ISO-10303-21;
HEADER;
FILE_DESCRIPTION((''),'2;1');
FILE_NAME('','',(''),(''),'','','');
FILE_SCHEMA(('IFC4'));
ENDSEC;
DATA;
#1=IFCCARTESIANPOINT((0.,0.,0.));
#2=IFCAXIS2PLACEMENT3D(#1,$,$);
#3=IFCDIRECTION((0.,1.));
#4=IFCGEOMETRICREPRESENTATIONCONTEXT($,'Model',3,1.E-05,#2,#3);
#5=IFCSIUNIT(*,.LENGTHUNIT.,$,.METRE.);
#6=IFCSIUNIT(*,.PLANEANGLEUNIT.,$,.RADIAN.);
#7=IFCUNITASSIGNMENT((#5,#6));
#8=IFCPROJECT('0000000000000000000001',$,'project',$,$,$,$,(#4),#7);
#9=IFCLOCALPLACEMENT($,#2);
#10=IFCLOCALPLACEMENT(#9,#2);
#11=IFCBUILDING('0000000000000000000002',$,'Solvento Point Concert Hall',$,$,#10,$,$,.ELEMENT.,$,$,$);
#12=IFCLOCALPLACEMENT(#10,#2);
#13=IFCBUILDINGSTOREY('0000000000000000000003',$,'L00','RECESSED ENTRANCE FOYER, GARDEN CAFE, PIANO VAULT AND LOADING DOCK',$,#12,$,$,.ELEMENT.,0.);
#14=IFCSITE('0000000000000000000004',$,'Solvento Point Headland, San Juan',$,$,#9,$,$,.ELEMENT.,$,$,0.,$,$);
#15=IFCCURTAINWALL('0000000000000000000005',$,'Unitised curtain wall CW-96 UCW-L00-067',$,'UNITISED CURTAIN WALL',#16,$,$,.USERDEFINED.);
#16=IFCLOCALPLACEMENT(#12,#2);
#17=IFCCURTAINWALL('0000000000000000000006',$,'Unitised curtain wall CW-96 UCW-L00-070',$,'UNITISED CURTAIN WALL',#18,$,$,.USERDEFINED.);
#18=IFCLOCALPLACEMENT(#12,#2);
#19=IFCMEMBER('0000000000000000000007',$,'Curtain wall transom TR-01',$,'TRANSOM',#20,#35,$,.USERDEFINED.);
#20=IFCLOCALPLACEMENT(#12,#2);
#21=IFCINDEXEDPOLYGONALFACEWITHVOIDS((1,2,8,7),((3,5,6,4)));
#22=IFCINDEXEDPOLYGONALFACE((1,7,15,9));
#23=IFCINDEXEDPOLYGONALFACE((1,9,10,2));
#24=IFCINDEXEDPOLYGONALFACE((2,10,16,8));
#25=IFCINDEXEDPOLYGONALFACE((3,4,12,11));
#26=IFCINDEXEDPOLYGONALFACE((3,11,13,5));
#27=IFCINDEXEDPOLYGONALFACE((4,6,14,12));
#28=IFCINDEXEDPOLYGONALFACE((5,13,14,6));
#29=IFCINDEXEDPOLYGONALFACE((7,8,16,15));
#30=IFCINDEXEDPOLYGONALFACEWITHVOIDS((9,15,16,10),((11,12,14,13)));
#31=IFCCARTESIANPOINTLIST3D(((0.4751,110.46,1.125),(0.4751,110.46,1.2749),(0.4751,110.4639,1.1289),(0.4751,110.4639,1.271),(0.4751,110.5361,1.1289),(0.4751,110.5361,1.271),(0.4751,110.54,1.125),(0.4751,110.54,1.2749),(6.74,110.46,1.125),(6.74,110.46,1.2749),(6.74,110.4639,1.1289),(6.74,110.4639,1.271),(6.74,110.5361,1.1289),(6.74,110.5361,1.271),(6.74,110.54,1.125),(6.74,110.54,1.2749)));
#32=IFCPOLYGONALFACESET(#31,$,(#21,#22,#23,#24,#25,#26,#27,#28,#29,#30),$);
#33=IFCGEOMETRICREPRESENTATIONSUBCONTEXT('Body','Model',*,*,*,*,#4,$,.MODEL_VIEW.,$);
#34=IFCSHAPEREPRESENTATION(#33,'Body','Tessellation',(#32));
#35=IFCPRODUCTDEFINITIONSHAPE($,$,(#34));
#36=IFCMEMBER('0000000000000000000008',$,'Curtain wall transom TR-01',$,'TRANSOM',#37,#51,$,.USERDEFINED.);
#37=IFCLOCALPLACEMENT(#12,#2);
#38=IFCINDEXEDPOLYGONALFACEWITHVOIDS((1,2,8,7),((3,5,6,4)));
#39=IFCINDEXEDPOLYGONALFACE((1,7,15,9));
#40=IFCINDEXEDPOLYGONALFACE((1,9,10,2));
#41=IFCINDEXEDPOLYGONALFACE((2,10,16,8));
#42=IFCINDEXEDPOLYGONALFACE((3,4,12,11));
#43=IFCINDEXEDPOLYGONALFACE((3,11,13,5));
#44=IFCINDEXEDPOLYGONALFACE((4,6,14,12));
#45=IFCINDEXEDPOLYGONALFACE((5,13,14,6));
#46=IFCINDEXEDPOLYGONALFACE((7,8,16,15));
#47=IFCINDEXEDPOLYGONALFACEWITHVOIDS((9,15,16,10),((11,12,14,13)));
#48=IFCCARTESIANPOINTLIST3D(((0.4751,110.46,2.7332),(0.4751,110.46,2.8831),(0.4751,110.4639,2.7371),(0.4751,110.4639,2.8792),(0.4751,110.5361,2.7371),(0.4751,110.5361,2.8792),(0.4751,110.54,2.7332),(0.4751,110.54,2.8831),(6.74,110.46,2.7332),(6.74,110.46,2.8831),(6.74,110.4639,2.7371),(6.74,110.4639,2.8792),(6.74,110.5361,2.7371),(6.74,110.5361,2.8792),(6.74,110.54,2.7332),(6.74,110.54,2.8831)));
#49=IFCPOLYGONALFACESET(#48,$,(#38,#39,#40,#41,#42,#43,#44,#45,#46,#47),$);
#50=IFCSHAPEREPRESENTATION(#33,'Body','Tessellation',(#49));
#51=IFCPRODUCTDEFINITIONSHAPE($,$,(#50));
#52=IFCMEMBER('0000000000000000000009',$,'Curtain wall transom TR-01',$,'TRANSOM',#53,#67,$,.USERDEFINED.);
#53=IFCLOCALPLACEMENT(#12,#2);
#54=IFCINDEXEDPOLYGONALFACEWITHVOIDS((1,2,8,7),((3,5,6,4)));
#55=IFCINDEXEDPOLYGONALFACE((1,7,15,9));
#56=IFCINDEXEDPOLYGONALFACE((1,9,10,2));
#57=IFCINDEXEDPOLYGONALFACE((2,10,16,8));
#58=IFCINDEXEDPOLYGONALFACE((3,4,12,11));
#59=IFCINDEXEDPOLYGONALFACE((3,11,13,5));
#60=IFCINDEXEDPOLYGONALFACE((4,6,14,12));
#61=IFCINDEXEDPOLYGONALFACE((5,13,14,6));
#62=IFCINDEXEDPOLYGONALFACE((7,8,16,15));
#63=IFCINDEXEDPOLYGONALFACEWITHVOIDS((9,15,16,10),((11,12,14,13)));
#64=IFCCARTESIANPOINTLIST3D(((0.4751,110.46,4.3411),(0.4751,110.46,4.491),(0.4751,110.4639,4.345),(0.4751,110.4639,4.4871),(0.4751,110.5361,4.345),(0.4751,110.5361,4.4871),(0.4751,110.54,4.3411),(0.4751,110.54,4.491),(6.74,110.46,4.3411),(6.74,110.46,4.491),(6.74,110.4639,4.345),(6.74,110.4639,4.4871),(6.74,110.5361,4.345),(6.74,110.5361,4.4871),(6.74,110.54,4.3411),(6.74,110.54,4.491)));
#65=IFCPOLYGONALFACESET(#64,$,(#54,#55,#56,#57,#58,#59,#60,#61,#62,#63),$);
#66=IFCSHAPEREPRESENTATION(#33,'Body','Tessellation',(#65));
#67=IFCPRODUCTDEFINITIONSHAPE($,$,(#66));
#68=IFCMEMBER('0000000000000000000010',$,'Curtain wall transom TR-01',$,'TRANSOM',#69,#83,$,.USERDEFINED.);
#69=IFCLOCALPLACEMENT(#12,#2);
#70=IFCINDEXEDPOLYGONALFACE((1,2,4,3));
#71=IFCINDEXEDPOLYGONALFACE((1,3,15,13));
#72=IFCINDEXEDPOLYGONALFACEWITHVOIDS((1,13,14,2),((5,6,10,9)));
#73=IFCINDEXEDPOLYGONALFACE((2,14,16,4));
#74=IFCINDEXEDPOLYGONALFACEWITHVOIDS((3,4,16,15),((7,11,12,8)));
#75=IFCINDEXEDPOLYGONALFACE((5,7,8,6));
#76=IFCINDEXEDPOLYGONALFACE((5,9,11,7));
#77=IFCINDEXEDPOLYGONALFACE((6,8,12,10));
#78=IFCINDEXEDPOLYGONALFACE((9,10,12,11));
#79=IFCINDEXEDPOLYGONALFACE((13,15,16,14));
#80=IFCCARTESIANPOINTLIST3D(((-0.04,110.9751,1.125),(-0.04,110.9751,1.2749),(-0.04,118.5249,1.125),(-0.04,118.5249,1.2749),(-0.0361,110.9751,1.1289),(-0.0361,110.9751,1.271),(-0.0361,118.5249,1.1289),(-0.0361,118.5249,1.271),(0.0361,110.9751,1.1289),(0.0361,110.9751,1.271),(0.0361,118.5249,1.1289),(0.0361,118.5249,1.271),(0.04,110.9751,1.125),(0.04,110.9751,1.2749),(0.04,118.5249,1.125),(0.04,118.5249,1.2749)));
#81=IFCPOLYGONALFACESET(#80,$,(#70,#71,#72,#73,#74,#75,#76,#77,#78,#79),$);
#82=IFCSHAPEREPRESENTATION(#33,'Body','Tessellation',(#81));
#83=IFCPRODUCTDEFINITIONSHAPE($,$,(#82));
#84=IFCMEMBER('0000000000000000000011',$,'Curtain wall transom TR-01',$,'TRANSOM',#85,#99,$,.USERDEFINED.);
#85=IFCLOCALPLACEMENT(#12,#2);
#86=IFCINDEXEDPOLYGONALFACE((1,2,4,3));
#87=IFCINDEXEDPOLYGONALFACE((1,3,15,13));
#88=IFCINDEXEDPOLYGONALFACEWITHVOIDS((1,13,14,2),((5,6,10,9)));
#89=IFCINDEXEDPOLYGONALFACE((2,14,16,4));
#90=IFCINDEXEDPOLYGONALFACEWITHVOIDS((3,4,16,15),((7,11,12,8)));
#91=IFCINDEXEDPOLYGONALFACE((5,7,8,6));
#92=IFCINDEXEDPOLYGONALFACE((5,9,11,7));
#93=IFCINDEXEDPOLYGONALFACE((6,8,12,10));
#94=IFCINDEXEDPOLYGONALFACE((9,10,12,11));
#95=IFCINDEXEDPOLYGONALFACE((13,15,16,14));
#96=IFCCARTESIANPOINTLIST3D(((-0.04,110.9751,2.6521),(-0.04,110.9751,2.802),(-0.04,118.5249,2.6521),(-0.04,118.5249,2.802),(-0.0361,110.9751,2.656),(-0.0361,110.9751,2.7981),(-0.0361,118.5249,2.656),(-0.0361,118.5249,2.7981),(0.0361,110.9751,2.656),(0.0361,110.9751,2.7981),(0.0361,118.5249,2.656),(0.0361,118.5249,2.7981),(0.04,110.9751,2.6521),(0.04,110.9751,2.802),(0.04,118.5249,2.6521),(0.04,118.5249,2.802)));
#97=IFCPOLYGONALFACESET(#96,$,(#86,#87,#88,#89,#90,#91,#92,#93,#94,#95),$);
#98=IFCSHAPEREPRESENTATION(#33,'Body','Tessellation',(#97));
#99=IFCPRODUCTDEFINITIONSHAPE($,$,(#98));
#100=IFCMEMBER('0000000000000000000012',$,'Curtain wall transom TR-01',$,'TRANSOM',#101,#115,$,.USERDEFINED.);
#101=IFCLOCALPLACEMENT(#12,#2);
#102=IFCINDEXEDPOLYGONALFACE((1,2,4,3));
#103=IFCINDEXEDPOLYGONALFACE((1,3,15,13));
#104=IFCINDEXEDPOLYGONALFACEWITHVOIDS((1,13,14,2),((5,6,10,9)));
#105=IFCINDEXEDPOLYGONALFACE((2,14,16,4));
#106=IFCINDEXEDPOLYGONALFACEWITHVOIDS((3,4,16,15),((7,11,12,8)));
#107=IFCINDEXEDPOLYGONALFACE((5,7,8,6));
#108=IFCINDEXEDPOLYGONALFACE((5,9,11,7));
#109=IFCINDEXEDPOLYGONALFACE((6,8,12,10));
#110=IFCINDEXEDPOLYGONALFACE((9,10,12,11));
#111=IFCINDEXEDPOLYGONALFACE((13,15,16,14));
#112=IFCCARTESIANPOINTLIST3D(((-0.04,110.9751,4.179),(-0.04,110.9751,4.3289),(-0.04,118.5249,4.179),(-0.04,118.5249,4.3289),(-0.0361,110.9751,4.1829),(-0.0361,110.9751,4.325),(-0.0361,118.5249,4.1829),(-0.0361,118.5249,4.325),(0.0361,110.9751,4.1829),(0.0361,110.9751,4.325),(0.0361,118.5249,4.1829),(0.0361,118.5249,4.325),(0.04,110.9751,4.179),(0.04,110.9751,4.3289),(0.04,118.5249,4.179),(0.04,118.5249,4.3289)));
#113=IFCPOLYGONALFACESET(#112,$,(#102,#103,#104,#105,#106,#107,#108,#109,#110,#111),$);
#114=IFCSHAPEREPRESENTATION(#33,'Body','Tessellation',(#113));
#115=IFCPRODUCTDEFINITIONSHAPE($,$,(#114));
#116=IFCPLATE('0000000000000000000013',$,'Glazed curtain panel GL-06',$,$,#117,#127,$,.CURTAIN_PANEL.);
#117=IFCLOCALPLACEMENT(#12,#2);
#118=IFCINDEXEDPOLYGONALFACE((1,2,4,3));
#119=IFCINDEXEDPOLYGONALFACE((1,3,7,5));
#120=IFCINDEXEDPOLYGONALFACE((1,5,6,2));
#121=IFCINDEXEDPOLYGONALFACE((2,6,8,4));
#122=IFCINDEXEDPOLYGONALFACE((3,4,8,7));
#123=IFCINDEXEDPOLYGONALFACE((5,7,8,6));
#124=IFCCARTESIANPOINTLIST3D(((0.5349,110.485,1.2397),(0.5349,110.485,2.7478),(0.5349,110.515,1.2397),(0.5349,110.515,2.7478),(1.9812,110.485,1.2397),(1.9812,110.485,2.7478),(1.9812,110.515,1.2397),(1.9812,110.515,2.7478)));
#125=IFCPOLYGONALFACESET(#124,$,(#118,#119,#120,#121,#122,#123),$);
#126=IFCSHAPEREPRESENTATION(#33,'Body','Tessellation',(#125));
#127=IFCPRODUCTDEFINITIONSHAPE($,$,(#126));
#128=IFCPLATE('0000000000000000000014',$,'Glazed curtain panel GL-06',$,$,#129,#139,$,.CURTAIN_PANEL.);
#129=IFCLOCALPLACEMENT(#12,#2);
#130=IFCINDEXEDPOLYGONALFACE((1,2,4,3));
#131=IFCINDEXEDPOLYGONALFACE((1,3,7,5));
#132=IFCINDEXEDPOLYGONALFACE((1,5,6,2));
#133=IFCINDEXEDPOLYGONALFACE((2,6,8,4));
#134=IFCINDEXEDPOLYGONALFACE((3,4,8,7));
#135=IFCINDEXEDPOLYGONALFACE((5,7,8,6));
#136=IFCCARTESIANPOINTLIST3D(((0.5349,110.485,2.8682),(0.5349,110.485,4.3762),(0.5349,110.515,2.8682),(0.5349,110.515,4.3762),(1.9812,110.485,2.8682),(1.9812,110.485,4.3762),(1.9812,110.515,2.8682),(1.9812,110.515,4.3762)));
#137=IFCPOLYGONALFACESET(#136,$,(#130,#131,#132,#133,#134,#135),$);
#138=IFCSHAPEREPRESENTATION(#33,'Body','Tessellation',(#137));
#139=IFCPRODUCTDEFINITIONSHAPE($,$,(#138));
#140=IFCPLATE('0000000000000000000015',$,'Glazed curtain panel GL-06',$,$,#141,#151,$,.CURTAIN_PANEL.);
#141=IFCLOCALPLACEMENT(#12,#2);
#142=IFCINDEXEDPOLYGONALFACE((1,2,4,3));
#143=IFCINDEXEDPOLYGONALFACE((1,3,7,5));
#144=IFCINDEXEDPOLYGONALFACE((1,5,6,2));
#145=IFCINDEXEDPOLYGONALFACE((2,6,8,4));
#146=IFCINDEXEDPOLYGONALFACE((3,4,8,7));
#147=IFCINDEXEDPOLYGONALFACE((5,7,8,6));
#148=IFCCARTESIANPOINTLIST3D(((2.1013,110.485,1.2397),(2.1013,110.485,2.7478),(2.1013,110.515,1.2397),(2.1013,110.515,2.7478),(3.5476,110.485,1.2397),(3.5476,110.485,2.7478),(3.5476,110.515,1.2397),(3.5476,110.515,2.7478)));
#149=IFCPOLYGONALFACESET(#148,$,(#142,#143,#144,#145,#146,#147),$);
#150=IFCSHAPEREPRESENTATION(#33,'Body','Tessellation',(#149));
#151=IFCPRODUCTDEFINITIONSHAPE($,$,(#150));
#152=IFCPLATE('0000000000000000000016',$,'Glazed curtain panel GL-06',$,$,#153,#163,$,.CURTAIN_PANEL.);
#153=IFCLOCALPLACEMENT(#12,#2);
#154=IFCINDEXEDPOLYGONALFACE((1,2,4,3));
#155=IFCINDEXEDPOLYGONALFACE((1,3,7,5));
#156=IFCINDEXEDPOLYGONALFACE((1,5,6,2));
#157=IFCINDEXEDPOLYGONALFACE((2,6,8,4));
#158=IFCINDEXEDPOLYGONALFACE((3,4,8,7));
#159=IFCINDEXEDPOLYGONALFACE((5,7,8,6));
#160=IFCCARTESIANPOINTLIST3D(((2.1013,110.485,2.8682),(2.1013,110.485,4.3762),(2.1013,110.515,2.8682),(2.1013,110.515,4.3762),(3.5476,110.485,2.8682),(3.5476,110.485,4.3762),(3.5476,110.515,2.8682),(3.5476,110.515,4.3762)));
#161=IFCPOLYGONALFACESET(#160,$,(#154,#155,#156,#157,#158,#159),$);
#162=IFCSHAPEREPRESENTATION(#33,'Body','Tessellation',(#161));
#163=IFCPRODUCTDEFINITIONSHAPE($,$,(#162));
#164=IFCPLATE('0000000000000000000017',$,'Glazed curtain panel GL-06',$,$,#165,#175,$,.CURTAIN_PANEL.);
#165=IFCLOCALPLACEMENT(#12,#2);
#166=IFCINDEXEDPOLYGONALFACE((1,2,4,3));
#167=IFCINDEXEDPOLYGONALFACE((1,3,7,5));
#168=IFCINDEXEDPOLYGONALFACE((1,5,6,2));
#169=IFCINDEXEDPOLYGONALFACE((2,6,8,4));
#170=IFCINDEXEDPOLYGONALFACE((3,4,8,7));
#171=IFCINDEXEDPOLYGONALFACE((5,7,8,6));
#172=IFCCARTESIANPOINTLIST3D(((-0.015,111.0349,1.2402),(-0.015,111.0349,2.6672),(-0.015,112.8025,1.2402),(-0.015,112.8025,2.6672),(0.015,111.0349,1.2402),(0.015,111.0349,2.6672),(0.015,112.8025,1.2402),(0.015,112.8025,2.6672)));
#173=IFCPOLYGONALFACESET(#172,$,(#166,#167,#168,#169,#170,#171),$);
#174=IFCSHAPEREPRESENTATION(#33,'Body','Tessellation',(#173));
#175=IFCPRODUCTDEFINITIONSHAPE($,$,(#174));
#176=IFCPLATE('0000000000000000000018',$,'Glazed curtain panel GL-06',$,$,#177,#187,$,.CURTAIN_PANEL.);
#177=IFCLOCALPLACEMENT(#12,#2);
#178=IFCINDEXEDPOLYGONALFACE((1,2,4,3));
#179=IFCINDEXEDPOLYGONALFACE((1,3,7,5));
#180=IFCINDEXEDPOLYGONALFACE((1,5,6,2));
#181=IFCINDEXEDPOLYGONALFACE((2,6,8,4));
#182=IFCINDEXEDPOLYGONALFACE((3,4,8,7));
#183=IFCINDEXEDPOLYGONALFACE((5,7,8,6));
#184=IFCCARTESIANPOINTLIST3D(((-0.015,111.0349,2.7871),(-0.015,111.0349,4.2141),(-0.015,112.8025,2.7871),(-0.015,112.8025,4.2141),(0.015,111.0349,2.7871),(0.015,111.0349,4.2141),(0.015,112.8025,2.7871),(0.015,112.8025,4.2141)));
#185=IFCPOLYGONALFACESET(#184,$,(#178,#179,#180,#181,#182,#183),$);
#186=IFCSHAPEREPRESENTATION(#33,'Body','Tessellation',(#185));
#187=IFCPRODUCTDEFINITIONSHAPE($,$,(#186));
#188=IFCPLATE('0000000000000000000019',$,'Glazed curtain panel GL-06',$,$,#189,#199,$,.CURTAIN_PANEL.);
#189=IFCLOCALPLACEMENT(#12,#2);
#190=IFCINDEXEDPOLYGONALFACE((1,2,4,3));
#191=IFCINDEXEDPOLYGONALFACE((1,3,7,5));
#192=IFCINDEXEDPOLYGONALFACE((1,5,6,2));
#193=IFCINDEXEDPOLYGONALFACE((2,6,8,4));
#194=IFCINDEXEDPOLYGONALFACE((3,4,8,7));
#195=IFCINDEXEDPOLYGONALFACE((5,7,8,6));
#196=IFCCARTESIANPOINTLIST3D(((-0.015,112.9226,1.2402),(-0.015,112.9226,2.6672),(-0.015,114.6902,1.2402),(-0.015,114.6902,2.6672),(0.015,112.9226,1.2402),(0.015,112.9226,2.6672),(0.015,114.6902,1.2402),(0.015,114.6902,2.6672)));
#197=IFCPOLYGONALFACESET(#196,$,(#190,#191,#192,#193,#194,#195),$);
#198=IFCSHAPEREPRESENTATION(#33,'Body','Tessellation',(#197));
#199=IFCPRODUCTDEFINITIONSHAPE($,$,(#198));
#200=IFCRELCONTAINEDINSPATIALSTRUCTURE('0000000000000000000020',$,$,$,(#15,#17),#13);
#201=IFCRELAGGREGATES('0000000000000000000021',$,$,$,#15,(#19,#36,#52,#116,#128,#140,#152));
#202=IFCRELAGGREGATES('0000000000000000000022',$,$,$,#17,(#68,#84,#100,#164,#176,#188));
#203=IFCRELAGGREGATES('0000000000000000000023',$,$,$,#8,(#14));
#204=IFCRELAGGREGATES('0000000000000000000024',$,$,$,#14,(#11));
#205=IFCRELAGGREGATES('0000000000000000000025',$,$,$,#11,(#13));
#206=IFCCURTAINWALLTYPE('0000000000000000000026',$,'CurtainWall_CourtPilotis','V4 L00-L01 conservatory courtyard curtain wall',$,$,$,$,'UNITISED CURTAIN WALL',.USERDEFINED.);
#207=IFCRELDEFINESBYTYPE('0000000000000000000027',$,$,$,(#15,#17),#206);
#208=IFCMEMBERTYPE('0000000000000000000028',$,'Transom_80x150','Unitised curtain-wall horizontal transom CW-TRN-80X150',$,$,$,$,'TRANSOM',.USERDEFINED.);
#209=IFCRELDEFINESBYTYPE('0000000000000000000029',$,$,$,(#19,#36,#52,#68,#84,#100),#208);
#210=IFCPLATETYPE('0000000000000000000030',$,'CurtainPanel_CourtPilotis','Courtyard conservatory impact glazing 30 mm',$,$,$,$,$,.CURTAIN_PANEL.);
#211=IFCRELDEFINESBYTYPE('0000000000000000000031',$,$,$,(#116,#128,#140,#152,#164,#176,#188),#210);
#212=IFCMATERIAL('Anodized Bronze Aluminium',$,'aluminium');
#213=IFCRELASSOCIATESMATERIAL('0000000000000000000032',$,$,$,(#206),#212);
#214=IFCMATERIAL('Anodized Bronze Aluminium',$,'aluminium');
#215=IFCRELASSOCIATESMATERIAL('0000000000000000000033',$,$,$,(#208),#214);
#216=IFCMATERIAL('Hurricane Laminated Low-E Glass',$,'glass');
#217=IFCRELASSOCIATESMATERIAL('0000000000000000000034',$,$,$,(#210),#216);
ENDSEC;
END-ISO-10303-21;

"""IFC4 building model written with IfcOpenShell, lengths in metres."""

from ifc_helpers import new_model, si_unit, direction, frame, origin, origin_2d, place, context, subcontext, project, spatial, rectangle, hollow_rectangle, extrude, material, material_profile, profile_set, type_object, element, aggregate, save


model = new_model("IFC4")

# Units and contexts
model_context = context("Model", 3, precision=1e-05, world=origin(), true_north=direction((0.0, 1.0)))
body_context = subcontext(model_context, "Body", "Model", "MODEL_VIEW")
ifc_project = project(units=[si_unit("LENGTHUNIT", "METRE"), si_unit("PLANEANGLEUNIT", "RADIAN")], contexts=[model_context])

# Site, building, storey
site_placement = place(None, origin())
site = spatial("IfcSite", under=ifc_project, at=site_placement, Name="Solvento Point Headland, San Juan", CompositionType="ELEMENT", RefElevation=0.0)
building_placement = place(site_placement, origin())
building = spatial("IfcBuilding", under=site, at=building_placement, Name="Solvento Point Concert Hall", CompositionType="ELEMENT")
storey_placement = place(building_placement, origin())
storey = spatial("IfcBuildingStorey", under=building, at=storey_placement, Name="L00", Description="RECESSED ENTRANCE FOYER, GARDEN CAFE, PIANO VAULT AND LOADING DOCK", CompositionType="ELEMENT", Elevation=0.0)

# Curtain walls
ifc_material_1 = material(Name="Anodized Bronze Aluminium", Category="aluminium")
curtain_wall_type = type_object("IfcCurtainWallType", Name="CurtainWall_CourtPilotis", Description="V4 L00-L01 conservatory courtyard curtain wall", ElementType="UNITISED CURTAIN WALL", PredefinedType="USERDEFINED", material=ifc_material_1)
curtain_wall_1_placement = place(storey_placement, origin())
curtain_wall_1 = element("IfcCurtainWall", 1, at=curtain_wall_1_placement, inside=storey, type_object=curtain_wall_type, Name="Unitised curtain wall CW-96 UCW-L00-067", ObjectType="UNITISED CURTAIN WALL", PredefinedType="USERDEFINED")
curtain_wall_2_placement = place(storey_placement, origin())
curtain_wall_2 = element("IfcCurtainWall", 2, at=curtain_wall_2_placement, inside=storey, type_object=curtain_wall_type, Name="Unitised curtain wall CW-96 UCW-L00-070", ObjectType="UNITISED CURTAIN WALL", PredefinedType="USERDEFINED")

# Members
ifc_material_2 = material(Name="Anodized Bronze Aluminium", Category="aluminium")
ifc_material_profile_1 = material_profile(ifc_material_2, hollow_rectangle(XDim=0.0801, YDim=0.1499, WallThickness=0.0039, at=origin_2d()), Name="CW-TRN-80X150")
ifc_profile_set_1 = profile_set([ifc_material_profile_1], Name="Anodized Bronze Aluminium")
member_type_1 = type_object("IfcMemberType", Name="Transom_80x150", Description="Unitised curtain-wall horizontal transom CW-TRN-80X150", ElementType="TRANSOM", PredefinedType="USERDEFINED", material=ifc_profile_set_1)
member_1_placement = place(storey_placement, frame((0.4751, 110.5, 1.2), z_axis=(1.0, 0.0, 0.0), x_axis=(0.0, 1.0, 0.0)))
member_1 = element("IfcMember", 3, at=member_1_placement, type_object=member_type_1, Name="Curtain wall transom TR-01", ObjectType="TRANSOM", PredefinedType="USERDEFINED", context=body_context, shape_type="SweptSolid", body=[
    extrude(hollow_rectangle(XDim=0.0801, YDim=0.1499, WallThickness=0.0039, at=origin_2d()), origin(), (0.0, 0.0, 1.0), 6.2649),
])
member_2_placement = place(storey_placement, frame((0.4751, 110.5, 2.8081), z_axis=(1.0, 0.0, 0.0), x_axis=(0.0, 1.0, 0.0)))
member_2 = element("IfcMember", 4, at=member_2_placement, type_object=member_type_1, Name="Curtain wall transom TR-01", ObjectType="TRANSOM", PredefinedType="USERDEFINED", context=body_context, shape_type="SweptSolid", body=[
    extrude(hollow_rectangle(XDim=0.0801, YDim=0.1499, WallThickness=0.0039, at=origin_2d()), origin(), (0.0, 0.0, 1.0), 6.2649),
])
member_3_placement = place(storey_placement, frame((0.4751, 110.5, 4.416), z_axis=(1.0, 0.0, 0.0), x_axis=(0.0, 1.0, 0.0)))
member_3 = element("IfcMember", 5, at=member_3_placement, type_object=member_type_1, Name="Curtain wall transom TR-01", ObjectType="TRANSOM", PredefinedType="USERDEFINED", context=body_context, shape_type="SweptSolid", body=[
    extrude(hollow_rectangle(XDim=0.0801, YDim=0.1499, WallThickness=0.0039, at=origin_2d()), origin(), (0.0, 0.0, 1.0), 6.2649),
])
member_4_placement = place(storey_placement, frame((0.0, 110.9751, 1.2), z_axis=(0.0, 1.0, 0.0), x_axis=(-1.0, 0.0, 0.0)))
member_4 = element("IfcMember", 6, at=member_4_placement, type_object=member_type_1, Name="Curtain wall transom TR-01", ObjectType="TRANSOM", PredefinedType="USERDEFINED", context=body_context, shape_type="SweptSolid", body=[
    extrude(hollow_rectangle(XDim=0.0801, YDim=0.1499, WallThickness=0.0039, at=origin_2d()), origin(), (0.0, 0.0, 1.0), 7.5498),
])
member_5_placement = place(storey_placement, frame((0.0, 110.9751, 2.7271), z_axis=(0.0, 1.0, 0.0), x_axis=(-1.0, 0.0, 0.0)))
member_5 = element("IfcMember", 7, at=member_5_placement, type_object=member_type_1, Name="Curtain wall transom TR-01", ObjectType="TRANSOM", PredefinedType="USERDEFINED", context=body_context, shape_type="SweptSolid", body=[
    extrude(hollow_rectangle(XDim=0.0801, YDim=0.1499, WallThickness=0.0039, at=origin_2d()), origin(), (0.0, 0.0, 1.0), 7.5498),
])
member_6_placement = place(storey_placement, frame((0.0, 110.9751, 4.2539), z_axis=(0.0, 1.0, 0.0), x_axis=(-1.0, 0.0, 0.0)))
member_6 = element("IfcMember", 8, at=member_6_placement, type_object=member_type_1, Name="Curtain wall transom TR-01", ObjectType="TRANSOM", PredefinedType="USERDEFINED", context=body_context, shape_type="SweptSolid", body=[
    extrude(hollow_rectangle(XDim=0.0801, YDim=0.1499, WallThickness=0.0039, at=origin_2d()), origin(), (0.0, 0.0, 1.0), 7.5498),
])

# Plates
ifc_material_3 = material(Name="Hurricane Laminated Low-E Glass", Category="glass")
plate_type = type_object("IfcPlateType", Name="CurtainPanel_CourtPilotis", Description="Courtyard conservatory impact glazing 30 mm", PredefinedType="CURTAIN_PANEL", material=ifc_material_3)
plate_1_placement = place(storey_placement, frame((1.2581, 110.5, 1.2397), z_axis=(0.0, 0.0, 1.0), x_axis=(1.0, 0.0, 0.0)))
plate_1 = element("IfcPlate", 9, at=plate_1_placement, type_object=plate_type, Name="Glazed curtain panel GL-06", PredefinedType="CURTAIN_PANEL", context=body_context, shape_type="SweptSolid", body=[
    extrude(rectangle(XDim=1.4463, YDim=0.03, at=origin_2d()), origin(), (0.0, 0.0, 1.0), 1.5081),
])
plate_2_placement = place(storey_placement, frame((1.2581, 110.5, 2.8682), z_axis=(0.0, 0.0, 1.0), x_axis=(1.0, 0.0, 0.0)))
plate_2 = element("IfcPlate", 10, at=plate_2_placement, type_object=plate_type, Name="Glazed curtain panel GL-06", PredefinedType="CURTAIN_PANEL", context=body_context, shape_type="SweptSolid", body=[
    extrude(rectangle(XDim=1.4463, YDim=0.03, at=origin_2d()), origin(), (0.0, 0.0, 1.0), 1.5081),
])
plate_3_placement = place(storey_placement, frame((2.8245, 110.5, 1.2397), z_axis=(0.0, 0.0, 1.0), x_axis=(1.0, 0.0, 0.0)))
plate_3 = element("IfcPlate", 11, at=plate_3_placement, type_object=plate_type, Name="Glazed curtain panel GL-06", PredefinedType="CURTAIN_PANEL", context=body_context, shape_type="SweptSolid", body=[
    extrude(rectangle(XDim=1.4463, YDim=0.03, at=origin_2d()), origin(), (0.0, 0.0, 1.0), 1.5081),
])
plate_4_placement = place(storey_placement, frame((2.8245, 110.5, 2.8682), z_axis=(0.0, 0.0, 1.0), x_axis=(1.0, 0.0, 0.0)))
plate_4 = element("IfcPlate", 12, at=plate_4_placement, type_object=plate_type, Name="Glazed curtain panel GL-06", PredefinedType="CURTAIN_PANEL", context=body_context, shape_type="SweptSolid", body=[
    extrude(rectangle(XDim=1.4463, YDim=0.03, at=origin_2d()), origin(), (0.0, 0.0, 1.0), 1.5081),
])
aggregate(curtain_wall_1, [member_1, member_2, member_3, plate_1, plate_2, plate_3, plate_4])
plate_5_placement = place(storey_placement, frame((0.0, 111.9187, 1.2402), z_axis=(0.0, 0.0, 1.0), x_axis=(0.0, 1.0, 0.0)))
plate_5 = element("IfcPlate", 13, at=plate_5_placement, type_object=plate_type, Name="Glazed curtain panel GL-06", PredefinedType="CURTAIN_PANEL", context=body_context, shape_type="SweptSolid", body=[
    extrude(rectangle(XDim=1.7676, YDim=0.03, at=origin_2d()), origin(), (0.0, 0.0, 1.0), 1.427),
])
plate_6_placement = place(storey_placement, frame((0.0, 111.9187, 2.7871), z_axis=(0.0, 0.0, 1.0), x_axis=(0.0, 1.0, 0.0)))
plate_6 = element("IfcPlate", 14, at=plate_6_placement, type_object=plate_type, Name="Glazed curtain panel GL-06", PredefinedType="CURTAIN_PANEL", context=body_context, shape_type="SweptSolid", body=[
    extrude(rectangle(XDim=1.7676, YDim=0.03, at=origin_2d()), origin(), (0.0, 0.0, 1.0), 1.427),
])
plate_7_placement = place(storey_placement, frame((0.0, 113.8064, 1.2402), z_axis=(0.0, 0.0, 1.0), x_axis=(0.0, 1.0, 0.0)))
plate_7 = element("IfcPlate", 15, at=plate_7_placement, type_object=plate_type, Name="Glazed curtain panel GL-06", PredefinedType="CURTAIN_PANEL", context=body_context, shape_type="SweptSolid", body=[
    extrude(rectangle(XDim=1.7676, YDim=0.03, at=origin_2d()), origin(), (0.0, 0.0, 1.0), 1.427),
])
aggregate(curtain_wall_2, [member_4, member_5, member_6, plate_5, plate_6, plate_7])

save(model, "model.ifc")
